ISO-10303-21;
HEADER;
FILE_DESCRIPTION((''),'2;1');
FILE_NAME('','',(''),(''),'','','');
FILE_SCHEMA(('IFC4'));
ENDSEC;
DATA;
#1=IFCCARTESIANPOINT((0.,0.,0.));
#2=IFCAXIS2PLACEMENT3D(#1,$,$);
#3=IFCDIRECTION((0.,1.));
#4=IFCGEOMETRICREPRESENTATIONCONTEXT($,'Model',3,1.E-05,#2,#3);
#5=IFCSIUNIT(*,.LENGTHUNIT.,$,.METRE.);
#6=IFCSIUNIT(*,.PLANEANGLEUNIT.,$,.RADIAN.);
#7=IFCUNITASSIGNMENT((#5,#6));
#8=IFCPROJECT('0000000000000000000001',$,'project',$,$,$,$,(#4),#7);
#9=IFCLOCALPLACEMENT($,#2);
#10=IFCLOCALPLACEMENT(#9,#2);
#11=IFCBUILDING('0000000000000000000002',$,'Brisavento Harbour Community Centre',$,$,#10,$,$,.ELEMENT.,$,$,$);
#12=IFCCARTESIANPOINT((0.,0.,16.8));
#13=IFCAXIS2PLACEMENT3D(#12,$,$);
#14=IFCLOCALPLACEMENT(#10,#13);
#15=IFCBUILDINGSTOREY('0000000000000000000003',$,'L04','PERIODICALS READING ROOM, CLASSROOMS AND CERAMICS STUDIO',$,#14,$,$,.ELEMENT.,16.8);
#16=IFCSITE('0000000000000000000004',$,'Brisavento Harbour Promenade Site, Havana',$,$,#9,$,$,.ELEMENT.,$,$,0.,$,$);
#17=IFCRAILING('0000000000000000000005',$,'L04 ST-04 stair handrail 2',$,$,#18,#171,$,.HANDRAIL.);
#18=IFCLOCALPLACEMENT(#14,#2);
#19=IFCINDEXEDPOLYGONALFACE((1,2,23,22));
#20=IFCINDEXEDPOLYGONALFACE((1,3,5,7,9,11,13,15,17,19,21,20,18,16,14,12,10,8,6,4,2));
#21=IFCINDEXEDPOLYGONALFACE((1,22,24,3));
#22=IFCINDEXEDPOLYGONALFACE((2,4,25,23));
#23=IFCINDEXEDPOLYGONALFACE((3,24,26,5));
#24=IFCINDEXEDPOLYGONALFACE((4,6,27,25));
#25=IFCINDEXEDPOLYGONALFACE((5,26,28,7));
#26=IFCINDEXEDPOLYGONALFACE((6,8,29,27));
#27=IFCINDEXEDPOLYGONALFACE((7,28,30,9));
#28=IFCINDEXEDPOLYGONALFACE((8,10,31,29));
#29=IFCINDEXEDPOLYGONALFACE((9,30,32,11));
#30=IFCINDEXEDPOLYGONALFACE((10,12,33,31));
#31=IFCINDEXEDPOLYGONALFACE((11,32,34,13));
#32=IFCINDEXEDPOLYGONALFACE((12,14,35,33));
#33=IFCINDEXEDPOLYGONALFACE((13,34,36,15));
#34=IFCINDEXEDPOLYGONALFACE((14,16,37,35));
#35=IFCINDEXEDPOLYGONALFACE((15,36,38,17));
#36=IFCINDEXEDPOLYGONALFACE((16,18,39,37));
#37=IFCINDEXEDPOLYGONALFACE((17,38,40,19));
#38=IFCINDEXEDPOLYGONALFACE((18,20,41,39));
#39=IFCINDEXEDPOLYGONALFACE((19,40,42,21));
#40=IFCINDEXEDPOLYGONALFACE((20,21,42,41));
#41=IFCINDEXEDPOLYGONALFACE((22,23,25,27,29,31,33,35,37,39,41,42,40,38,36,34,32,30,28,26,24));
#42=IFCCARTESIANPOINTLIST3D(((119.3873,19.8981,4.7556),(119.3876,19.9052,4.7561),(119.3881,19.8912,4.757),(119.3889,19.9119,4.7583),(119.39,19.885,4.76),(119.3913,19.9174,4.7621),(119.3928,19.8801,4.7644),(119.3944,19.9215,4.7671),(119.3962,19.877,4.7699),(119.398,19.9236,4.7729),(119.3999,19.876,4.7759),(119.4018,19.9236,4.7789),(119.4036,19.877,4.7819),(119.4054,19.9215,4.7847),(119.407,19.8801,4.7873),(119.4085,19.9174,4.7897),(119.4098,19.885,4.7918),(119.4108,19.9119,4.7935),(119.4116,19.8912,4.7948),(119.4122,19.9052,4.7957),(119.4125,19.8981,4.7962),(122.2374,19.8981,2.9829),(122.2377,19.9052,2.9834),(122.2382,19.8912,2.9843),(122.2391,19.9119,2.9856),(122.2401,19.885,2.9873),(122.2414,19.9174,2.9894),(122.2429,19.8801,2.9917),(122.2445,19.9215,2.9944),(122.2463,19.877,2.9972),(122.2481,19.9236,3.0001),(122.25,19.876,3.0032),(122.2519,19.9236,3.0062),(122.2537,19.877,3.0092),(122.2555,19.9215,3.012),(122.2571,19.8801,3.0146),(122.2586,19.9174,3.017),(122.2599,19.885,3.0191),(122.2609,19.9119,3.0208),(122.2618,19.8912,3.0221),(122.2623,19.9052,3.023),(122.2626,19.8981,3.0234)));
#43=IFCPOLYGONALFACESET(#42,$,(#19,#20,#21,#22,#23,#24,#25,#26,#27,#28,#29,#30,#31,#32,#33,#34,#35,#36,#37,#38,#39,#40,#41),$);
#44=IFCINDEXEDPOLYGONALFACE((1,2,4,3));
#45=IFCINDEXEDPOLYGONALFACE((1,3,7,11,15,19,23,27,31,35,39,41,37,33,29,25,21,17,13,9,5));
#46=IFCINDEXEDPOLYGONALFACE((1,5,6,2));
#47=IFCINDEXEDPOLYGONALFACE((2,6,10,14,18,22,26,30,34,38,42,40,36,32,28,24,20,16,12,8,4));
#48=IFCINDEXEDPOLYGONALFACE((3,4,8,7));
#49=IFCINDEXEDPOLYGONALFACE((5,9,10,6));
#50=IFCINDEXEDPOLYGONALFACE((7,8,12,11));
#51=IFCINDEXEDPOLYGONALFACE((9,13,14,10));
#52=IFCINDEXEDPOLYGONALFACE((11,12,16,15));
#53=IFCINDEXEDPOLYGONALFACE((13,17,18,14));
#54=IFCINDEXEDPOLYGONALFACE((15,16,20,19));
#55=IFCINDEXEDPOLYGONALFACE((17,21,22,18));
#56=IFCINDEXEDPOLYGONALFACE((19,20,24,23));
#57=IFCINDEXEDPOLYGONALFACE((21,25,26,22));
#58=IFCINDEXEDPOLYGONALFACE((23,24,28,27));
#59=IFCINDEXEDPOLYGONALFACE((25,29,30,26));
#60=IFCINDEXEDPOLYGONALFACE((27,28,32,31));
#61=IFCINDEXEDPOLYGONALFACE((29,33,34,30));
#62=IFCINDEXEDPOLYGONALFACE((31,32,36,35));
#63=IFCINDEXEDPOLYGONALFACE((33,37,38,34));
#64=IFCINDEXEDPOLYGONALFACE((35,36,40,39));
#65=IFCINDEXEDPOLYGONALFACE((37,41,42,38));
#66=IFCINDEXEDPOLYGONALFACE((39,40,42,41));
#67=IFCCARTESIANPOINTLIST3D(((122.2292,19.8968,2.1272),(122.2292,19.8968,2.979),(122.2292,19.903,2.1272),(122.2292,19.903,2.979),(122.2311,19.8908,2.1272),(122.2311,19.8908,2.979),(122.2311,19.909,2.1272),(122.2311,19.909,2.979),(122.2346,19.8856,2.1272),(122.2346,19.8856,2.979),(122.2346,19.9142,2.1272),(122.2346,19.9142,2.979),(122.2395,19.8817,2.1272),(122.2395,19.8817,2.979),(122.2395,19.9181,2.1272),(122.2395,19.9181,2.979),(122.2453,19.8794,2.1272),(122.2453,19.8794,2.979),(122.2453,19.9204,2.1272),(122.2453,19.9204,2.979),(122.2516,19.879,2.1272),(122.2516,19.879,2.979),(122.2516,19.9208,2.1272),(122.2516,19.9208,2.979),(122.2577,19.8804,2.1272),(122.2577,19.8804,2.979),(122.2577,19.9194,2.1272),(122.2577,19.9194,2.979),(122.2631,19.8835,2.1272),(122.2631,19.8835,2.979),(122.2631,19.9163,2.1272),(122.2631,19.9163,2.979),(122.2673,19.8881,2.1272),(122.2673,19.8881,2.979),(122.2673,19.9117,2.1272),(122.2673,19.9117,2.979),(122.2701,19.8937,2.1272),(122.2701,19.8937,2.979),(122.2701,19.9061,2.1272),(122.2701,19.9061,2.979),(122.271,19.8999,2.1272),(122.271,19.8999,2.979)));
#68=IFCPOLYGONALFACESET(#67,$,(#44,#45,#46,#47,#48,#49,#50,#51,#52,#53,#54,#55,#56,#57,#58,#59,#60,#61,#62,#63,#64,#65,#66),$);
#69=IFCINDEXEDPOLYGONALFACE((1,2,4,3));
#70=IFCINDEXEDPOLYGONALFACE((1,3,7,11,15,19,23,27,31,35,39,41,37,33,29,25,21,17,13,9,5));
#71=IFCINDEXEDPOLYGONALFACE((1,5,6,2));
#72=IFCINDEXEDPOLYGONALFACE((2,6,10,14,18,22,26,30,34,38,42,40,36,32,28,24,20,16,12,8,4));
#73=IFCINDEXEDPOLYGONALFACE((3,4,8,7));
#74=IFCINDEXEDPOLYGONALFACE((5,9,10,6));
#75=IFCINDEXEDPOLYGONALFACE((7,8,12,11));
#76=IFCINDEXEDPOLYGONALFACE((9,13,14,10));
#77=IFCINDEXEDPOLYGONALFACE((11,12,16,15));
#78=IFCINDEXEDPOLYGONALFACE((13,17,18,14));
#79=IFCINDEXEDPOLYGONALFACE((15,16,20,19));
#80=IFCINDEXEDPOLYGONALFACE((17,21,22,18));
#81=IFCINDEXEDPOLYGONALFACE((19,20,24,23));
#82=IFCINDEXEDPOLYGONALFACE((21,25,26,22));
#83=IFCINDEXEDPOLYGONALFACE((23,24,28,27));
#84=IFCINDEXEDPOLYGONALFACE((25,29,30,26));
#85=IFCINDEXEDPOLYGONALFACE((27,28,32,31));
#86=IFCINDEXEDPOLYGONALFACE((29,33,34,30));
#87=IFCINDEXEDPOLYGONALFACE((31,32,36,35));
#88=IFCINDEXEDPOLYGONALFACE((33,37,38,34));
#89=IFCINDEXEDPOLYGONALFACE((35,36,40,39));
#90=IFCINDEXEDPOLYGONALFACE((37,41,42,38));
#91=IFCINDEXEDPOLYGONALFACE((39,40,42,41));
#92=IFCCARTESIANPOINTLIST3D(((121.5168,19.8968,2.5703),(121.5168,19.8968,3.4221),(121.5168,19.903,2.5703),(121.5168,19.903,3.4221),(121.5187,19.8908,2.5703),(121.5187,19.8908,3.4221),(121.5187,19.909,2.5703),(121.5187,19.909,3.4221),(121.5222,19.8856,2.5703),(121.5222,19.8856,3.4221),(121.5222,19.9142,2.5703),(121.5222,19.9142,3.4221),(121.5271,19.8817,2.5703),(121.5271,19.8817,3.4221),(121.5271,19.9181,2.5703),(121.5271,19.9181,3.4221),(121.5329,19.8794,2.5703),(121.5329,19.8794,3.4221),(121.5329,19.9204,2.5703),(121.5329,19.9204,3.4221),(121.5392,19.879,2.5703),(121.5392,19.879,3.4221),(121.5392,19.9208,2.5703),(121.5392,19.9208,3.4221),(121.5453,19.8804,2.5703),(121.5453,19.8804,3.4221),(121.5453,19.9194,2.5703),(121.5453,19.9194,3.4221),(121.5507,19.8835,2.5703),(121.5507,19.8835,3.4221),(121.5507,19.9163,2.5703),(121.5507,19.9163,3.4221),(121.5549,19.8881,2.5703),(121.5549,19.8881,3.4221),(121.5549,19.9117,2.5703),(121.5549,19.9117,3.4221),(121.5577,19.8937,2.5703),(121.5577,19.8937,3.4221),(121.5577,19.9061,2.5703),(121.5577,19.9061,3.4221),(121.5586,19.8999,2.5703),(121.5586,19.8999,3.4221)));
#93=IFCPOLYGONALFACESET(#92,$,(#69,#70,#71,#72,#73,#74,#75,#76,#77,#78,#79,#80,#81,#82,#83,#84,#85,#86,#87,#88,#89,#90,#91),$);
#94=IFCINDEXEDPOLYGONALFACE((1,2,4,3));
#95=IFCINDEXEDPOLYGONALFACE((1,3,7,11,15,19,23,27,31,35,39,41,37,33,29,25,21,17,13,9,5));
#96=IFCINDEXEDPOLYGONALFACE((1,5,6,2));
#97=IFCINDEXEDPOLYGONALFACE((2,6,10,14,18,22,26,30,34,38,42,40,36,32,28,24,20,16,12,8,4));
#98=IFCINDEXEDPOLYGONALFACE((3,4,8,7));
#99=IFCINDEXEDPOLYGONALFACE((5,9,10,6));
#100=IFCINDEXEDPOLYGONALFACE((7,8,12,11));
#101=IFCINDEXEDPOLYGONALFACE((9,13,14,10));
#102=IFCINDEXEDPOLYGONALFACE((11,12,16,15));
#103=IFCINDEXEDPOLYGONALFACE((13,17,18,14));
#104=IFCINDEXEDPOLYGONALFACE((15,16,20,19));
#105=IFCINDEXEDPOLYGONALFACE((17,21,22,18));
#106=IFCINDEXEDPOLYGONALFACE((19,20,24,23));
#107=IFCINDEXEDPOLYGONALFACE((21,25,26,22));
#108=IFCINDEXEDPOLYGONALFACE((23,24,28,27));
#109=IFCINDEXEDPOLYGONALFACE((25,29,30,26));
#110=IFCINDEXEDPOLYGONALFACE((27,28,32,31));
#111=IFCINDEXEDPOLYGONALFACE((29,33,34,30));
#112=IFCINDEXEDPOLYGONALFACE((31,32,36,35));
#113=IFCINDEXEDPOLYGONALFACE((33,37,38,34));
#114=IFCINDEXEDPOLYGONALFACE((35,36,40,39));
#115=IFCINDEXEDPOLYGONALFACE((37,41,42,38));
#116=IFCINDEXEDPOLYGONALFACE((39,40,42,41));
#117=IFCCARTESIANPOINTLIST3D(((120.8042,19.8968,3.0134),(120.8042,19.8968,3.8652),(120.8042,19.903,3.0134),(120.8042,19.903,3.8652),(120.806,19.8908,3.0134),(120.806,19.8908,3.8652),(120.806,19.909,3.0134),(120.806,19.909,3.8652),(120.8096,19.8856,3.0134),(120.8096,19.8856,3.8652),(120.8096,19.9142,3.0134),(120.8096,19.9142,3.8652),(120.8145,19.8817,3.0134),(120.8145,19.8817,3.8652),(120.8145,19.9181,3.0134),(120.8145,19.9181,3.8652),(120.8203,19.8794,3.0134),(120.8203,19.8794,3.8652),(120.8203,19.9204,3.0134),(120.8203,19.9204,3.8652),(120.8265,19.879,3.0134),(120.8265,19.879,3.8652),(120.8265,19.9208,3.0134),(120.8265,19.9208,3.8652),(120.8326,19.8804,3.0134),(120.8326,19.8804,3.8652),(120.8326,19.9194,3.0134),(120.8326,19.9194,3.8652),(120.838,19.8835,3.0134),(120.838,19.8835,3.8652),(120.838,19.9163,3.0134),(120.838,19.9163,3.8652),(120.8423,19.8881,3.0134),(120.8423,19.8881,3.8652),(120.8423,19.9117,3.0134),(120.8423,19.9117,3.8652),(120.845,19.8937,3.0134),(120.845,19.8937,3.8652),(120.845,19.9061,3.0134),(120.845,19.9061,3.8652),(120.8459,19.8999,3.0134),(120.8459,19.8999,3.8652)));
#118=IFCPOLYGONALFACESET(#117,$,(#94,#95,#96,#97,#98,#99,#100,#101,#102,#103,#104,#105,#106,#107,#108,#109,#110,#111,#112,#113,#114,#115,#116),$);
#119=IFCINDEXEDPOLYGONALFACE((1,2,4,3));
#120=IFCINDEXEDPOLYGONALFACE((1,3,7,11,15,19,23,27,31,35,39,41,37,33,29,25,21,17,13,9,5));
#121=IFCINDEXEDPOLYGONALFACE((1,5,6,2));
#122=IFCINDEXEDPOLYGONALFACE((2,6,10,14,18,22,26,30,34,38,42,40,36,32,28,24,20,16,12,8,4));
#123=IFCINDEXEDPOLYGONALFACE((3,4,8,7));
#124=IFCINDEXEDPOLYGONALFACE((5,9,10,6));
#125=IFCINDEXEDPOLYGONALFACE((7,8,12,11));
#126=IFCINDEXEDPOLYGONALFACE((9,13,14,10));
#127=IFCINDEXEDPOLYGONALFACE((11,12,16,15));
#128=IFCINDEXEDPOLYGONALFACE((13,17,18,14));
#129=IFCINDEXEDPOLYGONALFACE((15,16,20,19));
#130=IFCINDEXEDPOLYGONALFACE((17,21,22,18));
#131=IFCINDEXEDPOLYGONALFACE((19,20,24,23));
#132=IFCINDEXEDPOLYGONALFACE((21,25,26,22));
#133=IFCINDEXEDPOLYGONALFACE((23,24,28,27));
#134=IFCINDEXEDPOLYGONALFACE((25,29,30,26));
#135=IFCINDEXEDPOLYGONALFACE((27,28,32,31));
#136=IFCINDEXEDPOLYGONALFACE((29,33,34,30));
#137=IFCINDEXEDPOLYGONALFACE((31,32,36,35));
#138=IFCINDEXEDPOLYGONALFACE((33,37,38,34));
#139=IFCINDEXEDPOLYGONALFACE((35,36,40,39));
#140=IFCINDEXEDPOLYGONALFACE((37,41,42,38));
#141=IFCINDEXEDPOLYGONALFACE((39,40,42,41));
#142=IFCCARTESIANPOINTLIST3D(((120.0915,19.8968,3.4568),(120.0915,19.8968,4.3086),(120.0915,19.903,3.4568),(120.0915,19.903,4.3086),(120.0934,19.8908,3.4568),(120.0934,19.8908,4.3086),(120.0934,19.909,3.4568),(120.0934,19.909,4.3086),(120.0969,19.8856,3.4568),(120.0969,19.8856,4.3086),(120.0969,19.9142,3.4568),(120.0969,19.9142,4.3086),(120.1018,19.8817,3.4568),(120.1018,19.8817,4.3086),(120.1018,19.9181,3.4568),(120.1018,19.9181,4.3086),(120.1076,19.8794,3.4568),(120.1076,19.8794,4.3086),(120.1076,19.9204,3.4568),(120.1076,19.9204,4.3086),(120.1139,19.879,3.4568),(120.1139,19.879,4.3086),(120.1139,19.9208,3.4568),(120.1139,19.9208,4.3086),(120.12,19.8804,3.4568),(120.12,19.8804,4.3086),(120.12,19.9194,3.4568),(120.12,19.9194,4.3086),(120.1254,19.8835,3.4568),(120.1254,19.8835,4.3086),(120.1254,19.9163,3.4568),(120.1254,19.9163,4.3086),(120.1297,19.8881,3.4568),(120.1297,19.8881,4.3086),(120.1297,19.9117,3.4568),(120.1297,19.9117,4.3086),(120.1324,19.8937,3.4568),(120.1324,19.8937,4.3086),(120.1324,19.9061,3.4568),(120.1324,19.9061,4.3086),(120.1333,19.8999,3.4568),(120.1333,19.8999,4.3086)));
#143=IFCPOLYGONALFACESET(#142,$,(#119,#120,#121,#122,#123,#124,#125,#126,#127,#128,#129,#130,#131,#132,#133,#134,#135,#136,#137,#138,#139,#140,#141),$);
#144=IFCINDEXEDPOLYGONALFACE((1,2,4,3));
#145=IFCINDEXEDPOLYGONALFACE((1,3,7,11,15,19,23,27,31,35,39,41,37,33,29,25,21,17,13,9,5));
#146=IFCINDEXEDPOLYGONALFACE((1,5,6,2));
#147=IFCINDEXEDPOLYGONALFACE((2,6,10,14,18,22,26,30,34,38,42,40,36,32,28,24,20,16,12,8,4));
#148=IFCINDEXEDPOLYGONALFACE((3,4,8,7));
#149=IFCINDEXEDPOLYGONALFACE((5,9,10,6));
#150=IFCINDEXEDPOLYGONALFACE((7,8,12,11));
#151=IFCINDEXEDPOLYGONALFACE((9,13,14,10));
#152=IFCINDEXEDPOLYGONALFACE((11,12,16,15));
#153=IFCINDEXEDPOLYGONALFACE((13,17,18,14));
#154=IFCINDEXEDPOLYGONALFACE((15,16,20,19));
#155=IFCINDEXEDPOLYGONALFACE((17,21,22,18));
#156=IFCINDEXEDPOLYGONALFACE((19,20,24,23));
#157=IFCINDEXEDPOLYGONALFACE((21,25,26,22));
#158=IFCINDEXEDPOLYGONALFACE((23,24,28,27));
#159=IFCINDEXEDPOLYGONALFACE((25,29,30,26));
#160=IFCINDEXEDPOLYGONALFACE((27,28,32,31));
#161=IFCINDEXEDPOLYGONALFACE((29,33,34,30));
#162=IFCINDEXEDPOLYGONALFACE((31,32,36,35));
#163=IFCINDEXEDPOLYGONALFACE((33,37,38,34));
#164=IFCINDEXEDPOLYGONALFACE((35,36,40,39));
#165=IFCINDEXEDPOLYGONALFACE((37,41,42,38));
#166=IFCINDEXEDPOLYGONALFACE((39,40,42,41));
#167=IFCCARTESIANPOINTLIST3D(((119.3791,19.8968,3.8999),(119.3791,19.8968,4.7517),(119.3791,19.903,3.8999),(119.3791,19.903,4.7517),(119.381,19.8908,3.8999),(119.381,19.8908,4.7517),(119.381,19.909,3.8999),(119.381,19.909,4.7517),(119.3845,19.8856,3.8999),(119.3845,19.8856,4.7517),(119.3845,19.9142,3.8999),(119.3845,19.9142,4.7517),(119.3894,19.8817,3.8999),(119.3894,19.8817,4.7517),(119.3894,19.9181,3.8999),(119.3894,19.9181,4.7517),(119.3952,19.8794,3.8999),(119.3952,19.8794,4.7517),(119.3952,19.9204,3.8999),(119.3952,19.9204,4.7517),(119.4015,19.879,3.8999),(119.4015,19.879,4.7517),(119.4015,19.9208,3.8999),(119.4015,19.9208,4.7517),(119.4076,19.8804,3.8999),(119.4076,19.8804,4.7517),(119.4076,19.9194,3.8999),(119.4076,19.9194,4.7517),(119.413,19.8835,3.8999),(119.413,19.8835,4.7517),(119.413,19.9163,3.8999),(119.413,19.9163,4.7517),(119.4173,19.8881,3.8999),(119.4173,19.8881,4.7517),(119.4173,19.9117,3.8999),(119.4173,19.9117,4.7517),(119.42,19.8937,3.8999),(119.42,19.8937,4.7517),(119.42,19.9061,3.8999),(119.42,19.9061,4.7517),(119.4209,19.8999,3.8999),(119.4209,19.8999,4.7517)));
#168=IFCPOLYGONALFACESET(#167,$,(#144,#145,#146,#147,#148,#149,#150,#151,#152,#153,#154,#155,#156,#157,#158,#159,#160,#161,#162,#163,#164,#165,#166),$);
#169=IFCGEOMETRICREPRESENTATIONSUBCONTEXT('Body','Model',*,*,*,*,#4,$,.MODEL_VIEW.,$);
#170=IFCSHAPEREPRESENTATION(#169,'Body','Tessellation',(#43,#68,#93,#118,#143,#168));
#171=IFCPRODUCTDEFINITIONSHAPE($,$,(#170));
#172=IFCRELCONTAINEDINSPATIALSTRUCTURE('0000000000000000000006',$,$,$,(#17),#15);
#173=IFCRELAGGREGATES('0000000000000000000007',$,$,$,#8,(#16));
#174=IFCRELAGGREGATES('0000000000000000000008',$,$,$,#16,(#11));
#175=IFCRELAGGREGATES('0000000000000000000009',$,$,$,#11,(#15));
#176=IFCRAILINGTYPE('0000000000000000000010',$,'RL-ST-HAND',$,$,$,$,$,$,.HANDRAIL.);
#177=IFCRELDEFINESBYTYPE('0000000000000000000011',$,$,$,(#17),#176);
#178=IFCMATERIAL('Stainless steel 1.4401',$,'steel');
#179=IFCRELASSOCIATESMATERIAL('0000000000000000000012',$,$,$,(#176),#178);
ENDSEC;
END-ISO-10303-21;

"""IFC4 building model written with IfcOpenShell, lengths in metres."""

from ifc_helpers import new_model, si_unit, direction, frame, origin, origin_2d, place, context, subcontext, project, spatial, circle, extrude, material, type_object, element, save


model = new_model("IFC4")

# Units and contexts
model_context = context("Model", 3, precision=1e-05, world=origin(), true_north=direction((0.0, 1.0)))
body_context = subcontext(model_context, "Body", "Model", "MODEL_VIEW")
ifc_project = project(units=[si_unit("LENGTHUNIT", "METRE"), si_unit("PLANEANGLEUNIT", "RADIAN")], contexts=[model_context])

# Site, building, storey
site_placement = place(None, origin())
site = spatial("IfcSite", under=ifc_project, at=site_placement, Name="Brisavento Harbour Promenade Site, Havana", CompositionType="ELEMENT", RefElevation=0.0)
building_placement = place(site_placement, origin())
building = spatial("IfcBuilding", under=site, at=building_placement, Name="Brisavento Harbour Community Centre", CompositionType="ELEMENT")
storey_placement = place(building_placement, frame((0.0, 0.0, 16.8)))
storey = spatial("IfcBuildingStorey", under=building, at=storey_placement, Name="L04", Description="PERIODICALS READING ROOM, CLASSROOMS AND CERAMICS STUDIO", CompositionType="ELEMENT", Elevation=16.8)

# Shared definitions
ifc_material_1 = material(Name="Stainless steel 1.4401", Category="steel")

# Railing
railing_type_1 = type_object("IfcRailingType", Name="RL-ST-HAND", PredefinedType="HANDRAIL", material=ifc_material_1)
railing_1_placement = place(storey_placement, frame((122.25, 19.8999, 2.1272)))
element("IfcRailing", 1, at=railing_1_placement, inside=storey, type_object=railing_type_1, Name="L04 ST-04 stair handrail 2", PredefinedType="HANDRAIL", context=body_context, shape_type="SweptSolid", body=[
    extrude(circle(Radius=0.0239, at=origin_2d()), frame((0.0, 0.0, 0.876), z_axis=(-0.849149, 0.0, 0.528154), x_axis=(0.0, -1.0, 0.0)), (0.0, 0.0, 1.0), 3.3564),
    extrude(circle(Radius=0.021, at=origin_2d()), origin(), (0.0, 0.0, 1.0), 0.8518),
    extrude(circle(Radius=0.021, at=origin_2d()), frame((-0.7124, 0.0, 0.4431)), (0.0, 0.0, 1.0), 0.8518),
    extrude(circle(Radius=0.021, at=origin_2d()), frame((-1.425, 0.0, 0.8862)), (0.0, 0.0, 1.0), 0.8518),
    extrude(circle(Radius=0.021, at=origin_2d()), frame((-2.1377, 0.0, 1.3296)), (0.0, 0.0, 1.0), 0.8518),
    extrude(circle(Radius=0.021, at=origin_2d()), frame((-2.8501, 0.0, 1.7727)), (0.0, 0.0, 1.0), 0.8518),
])

save(model, "model.ifc")
